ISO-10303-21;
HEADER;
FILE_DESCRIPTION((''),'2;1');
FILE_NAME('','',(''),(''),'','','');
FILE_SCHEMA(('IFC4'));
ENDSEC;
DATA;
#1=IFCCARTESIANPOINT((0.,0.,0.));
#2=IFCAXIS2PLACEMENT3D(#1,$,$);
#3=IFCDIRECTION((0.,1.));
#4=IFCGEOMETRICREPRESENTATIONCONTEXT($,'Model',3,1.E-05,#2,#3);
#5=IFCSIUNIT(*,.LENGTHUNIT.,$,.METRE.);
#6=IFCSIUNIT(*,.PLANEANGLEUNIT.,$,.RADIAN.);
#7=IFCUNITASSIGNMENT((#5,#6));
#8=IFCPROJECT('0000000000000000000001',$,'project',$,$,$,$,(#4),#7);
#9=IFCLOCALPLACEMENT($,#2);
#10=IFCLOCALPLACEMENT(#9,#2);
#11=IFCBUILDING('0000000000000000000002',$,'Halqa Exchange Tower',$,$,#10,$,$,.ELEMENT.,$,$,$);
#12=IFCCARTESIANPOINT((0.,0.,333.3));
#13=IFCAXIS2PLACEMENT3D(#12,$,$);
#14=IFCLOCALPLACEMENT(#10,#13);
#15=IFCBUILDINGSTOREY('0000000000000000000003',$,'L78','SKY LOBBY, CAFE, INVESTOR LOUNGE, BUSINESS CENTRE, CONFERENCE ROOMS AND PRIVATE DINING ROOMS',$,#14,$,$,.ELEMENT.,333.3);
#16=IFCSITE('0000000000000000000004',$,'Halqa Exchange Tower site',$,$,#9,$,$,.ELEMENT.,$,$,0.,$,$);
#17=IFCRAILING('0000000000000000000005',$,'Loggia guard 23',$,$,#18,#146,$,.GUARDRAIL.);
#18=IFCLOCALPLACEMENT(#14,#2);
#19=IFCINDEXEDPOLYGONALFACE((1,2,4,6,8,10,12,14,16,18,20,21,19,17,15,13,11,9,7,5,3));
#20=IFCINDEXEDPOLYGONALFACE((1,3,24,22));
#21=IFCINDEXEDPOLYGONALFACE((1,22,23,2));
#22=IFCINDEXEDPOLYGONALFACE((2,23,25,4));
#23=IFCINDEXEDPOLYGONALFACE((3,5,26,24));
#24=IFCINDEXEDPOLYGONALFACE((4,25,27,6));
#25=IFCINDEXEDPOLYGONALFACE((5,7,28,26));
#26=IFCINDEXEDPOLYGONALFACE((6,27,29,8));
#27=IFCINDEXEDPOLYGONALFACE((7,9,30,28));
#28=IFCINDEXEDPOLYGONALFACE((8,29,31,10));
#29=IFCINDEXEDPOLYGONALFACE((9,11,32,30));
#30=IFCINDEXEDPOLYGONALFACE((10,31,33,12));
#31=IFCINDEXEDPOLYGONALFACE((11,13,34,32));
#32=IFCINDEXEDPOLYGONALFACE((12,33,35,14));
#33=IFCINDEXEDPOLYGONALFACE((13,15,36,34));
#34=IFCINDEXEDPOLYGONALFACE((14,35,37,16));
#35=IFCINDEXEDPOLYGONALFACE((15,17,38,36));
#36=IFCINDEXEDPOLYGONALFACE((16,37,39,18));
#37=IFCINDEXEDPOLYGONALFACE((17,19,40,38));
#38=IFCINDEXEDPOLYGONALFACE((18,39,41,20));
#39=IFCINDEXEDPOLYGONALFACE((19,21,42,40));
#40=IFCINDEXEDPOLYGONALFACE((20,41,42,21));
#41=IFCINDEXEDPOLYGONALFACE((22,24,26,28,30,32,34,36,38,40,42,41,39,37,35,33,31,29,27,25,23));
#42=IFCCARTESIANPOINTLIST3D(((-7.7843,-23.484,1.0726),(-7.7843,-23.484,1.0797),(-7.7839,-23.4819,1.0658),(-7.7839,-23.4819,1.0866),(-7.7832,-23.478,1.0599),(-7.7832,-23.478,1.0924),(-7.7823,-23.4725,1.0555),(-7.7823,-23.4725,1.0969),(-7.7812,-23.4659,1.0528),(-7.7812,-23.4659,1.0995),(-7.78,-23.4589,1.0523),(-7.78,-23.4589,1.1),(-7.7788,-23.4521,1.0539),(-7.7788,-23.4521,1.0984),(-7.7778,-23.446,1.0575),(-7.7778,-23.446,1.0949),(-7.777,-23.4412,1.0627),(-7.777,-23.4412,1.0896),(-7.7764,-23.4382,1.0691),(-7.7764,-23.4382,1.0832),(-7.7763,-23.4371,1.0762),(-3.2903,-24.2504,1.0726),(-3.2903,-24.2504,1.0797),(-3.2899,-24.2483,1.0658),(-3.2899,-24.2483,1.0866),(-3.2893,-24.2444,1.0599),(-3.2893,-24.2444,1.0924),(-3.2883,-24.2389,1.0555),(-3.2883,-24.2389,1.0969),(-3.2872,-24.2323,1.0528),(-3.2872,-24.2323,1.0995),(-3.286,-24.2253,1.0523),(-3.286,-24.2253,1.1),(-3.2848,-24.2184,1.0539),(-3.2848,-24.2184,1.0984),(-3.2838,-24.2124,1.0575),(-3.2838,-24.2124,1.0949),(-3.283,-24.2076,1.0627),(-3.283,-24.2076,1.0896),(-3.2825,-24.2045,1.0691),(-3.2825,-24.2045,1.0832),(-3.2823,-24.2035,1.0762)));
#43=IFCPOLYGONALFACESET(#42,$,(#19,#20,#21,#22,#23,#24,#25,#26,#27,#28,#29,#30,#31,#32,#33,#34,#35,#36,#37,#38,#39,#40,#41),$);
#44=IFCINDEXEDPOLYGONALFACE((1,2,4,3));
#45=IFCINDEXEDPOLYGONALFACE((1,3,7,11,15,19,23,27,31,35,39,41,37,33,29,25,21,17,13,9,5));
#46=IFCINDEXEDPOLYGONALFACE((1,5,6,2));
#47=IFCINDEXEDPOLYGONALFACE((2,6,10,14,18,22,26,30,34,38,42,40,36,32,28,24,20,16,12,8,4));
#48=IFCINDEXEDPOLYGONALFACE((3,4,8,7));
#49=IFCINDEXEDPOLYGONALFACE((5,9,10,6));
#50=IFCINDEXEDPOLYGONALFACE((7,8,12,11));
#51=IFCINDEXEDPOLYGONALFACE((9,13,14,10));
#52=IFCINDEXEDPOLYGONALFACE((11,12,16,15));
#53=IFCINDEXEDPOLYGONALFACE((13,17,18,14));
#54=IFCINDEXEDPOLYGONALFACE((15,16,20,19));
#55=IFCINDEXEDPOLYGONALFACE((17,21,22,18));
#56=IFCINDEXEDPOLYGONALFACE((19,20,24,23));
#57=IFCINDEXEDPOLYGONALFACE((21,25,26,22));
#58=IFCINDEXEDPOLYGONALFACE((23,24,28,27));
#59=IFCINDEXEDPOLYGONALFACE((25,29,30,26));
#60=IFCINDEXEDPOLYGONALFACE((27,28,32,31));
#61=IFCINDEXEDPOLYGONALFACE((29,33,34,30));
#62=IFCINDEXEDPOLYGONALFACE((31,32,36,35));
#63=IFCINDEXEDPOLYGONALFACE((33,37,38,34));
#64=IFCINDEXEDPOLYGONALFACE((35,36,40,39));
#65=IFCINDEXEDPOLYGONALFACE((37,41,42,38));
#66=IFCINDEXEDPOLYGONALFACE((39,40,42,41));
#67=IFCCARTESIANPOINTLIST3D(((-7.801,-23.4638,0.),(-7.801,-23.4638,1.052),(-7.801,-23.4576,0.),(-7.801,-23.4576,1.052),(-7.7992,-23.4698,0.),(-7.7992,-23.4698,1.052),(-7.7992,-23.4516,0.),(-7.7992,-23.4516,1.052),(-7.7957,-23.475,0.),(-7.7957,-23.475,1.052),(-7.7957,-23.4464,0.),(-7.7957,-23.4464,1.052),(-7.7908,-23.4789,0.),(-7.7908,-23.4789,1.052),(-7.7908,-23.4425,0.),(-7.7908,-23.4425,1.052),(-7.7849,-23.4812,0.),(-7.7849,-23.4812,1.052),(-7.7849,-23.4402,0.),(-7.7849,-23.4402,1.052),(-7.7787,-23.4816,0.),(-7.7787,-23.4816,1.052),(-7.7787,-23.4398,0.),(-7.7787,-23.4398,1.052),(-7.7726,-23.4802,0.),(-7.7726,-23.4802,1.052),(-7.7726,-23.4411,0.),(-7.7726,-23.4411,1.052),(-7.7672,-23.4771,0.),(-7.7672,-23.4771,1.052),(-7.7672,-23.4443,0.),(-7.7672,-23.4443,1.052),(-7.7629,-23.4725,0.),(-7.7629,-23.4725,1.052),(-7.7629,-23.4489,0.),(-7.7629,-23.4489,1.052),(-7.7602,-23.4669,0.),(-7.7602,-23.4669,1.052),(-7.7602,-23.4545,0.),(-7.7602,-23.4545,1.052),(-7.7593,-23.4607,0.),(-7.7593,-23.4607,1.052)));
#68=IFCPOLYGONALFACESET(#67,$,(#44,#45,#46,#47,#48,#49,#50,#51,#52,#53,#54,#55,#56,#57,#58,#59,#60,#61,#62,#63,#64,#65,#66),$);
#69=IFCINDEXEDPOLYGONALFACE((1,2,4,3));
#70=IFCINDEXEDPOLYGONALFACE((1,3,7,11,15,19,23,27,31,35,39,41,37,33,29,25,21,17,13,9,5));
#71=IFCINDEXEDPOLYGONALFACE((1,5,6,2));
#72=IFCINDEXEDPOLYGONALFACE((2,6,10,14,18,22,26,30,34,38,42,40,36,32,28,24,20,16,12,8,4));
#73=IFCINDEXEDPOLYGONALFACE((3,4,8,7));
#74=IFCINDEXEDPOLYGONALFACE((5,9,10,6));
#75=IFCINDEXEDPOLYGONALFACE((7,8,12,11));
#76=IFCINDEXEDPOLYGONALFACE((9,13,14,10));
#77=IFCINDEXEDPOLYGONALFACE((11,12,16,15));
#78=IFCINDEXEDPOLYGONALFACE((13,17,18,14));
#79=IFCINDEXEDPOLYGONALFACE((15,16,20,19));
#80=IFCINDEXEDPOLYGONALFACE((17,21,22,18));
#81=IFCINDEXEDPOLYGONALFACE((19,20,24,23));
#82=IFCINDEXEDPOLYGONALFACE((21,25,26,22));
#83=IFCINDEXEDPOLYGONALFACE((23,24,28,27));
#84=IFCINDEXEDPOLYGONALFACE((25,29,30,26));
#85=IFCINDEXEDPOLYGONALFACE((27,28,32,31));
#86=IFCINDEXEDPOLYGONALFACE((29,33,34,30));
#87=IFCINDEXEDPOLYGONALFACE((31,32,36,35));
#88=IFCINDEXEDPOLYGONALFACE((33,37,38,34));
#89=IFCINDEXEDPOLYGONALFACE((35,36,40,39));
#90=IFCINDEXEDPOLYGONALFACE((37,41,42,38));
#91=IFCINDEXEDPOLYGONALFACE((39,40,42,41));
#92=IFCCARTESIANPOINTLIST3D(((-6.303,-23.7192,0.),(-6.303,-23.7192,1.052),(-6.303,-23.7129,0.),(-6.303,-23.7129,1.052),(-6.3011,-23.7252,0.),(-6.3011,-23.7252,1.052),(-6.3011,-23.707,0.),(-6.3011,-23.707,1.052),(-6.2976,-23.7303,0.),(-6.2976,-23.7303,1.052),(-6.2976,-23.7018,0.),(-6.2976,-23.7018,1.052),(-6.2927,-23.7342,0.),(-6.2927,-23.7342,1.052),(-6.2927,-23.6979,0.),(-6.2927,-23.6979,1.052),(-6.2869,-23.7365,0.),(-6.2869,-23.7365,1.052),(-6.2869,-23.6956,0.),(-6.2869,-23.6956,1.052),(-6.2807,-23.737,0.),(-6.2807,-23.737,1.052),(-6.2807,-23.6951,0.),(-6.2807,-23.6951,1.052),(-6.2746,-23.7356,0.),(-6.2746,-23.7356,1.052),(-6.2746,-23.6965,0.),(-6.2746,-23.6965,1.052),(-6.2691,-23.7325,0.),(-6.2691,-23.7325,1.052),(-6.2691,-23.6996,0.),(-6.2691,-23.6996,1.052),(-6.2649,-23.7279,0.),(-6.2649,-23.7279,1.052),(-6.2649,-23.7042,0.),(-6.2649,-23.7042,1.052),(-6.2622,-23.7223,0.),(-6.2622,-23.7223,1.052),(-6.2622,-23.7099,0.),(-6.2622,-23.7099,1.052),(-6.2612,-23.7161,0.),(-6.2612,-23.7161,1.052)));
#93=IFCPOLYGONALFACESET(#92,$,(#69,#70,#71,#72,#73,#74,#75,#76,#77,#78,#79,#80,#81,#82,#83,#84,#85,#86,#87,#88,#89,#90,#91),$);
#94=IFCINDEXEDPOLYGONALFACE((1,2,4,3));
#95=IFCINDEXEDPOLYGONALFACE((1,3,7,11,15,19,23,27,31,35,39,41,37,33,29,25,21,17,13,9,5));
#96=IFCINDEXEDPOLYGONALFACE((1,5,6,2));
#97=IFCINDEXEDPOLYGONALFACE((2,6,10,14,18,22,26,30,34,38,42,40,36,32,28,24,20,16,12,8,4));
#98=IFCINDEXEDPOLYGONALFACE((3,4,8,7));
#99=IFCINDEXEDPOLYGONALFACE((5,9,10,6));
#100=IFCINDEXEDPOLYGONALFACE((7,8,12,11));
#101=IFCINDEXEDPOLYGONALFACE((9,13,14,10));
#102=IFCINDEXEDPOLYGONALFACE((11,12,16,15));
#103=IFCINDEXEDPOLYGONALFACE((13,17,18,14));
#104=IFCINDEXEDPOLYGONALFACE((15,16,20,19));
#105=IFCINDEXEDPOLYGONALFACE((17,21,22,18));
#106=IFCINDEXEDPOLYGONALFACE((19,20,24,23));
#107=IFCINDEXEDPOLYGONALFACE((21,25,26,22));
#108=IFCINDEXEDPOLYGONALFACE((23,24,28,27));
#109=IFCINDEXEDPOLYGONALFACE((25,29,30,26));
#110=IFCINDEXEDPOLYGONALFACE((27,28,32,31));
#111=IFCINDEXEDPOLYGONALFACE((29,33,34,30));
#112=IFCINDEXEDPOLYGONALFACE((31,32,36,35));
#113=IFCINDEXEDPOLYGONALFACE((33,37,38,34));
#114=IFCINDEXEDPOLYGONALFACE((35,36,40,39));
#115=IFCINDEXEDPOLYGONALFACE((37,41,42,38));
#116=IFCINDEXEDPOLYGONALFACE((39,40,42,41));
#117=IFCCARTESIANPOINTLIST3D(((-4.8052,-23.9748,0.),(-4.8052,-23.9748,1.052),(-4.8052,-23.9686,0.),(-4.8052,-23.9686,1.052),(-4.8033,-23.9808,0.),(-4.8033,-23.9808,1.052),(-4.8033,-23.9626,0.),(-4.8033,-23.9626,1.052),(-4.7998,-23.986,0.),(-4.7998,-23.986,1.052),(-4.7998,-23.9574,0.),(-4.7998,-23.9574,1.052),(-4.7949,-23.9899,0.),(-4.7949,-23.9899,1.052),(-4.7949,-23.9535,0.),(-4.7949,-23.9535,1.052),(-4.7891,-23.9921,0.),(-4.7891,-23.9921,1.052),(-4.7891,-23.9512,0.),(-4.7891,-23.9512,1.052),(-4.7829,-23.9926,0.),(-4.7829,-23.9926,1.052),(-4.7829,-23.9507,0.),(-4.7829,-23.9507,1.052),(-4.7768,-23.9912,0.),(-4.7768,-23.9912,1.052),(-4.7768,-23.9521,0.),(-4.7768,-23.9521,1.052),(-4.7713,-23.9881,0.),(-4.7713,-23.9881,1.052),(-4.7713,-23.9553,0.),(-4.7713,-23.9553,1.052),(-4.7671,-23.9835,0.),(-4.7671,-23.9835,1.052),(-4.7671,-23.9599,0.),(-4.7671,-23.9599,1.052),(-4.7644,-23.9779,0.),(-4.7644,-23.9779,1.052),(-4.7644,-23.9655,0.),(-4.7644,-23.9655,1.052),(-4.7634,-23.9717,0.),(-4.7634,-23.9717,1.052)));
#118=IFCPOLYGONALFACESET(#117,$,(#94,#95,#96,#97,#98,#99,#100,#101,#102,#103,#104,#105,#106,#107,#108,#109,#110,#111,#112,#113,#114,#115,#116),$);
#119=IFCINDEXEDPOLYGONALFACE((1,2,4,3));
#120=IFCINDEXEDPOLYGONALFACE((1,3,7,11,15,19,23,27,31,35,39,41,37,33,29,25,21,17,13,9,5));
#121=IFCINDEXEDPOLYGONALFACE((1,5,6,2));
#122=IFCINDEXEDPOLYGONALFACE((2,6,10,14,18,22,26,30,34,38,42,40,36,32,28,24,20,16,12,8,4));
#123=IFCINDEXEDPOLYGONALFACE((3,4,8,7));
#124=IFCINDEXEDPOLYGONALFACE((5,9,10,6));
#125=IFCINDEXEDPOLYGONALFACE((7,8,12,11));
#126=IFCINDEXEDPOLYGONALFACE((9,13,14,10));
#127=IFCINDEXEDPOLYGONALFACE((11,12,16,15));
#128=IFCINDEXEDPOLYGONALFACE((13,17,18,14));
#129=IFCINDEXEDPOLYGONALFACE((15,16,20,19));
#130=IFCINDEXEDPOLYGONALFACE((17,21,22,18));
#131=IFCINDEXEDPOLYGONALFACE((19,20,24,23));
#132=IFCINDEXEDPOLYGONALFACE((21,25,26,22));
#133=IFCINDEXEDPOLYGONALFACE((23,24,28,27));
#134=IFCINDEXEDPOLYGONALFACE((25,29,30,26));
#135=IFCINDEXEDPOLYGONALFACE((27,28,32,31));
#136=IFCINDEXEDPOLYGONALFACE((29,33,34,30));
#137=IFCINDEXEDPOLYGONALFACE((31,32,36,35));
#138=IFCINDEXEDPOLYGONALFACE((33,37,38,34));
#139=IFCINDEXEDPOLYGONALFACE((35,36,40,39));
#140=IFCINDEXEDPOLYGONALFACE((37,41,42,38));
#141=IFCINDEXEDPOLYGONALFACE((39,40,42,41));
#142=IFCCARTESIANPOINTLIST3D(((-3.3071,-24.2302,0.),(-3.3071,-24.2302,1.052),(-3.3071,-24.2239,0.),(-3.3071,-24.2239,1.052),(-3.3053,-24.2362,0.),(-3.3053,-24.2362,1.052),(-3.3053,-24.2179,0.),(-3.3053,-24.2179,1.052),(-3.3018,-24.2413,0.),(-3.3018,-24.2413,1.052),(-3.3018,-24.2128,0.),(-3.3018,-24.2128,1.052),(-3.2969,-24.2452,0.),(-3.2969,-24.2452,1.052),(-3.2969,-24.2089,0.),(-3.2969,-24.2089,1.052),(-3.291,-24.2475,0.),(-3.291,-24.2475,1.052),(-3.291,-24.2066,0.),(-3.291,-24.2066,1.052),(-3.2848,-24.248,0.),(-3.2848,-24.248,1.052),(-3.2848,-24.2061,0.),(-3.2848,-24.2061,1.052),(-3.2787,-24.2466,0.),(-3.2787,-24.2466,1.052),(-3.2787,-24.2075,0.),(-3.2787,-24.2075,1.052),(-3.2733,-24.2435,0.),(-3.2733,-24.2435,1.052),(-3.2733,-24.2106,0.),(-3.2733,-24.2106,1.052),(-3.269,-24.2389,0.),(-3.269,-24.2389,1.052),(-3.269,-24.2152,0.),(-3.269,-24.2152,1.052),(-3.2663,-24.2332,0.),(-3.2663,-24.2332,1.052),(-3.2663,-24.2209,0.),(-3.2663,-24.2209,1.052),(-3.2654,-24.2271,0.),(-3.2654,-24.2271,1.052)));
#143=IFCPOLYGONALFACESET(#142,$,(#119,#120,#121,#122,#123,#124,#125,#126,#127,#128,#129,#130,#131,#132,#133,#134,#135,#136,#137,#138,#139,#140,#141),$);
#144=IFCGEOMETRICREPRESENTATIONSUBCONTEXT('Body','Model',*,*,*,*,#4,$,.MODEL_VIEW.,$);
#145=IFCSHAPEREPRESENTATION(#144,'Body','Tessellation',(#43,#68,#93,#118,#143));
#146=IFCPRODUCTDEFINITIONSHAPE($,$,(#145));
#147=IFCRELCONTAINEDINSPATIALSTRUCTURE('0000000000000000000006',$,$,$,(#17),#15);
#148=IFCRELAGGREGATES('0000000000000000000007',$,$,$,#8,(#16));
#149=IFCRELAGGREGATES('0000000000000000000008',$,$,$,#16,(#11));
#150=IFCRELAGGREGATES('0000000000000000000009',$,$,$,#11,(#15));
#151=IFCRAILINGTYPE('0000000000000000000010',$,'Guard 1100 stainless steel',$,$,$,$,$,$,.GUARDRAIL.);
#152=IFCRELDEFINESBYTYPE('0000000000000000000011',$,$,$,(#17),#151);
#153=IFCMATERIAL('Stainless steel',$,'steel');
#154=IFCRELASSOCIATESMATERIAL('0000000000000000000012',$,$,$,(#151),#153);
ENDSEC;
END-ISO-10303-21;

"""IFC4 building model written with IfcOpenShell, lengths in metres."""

from ifc_helpers import new_model, si_unit, direction, frame, origin, origin_2d, place, context, subcontext, project, spatial, circle, extrude, material, type_object, element, save


model = new_model("IFC4")

# Units and contexts
model_context = context("Model", 3, precision=1e-05, world=origin(), true_north=direction((0.0, 1.0)))
body_context = subcontext(model_context, "Body", "Model", "MODEL_VIEW")
ifc_project = project(units=[si_unit("LENGTHUNIT", "METRE"), si_unit("PLANEANGLEUNIT", "RADIAN")], contexts=[model_context])

# Site, building, storey
site_placement = place(None, origin())
site = spatial("IfcSite", under=ifc_project, at=site_placement, Name="Halqa Exchange Tower site", CompositionType="ELEMENT", RefElevation=0.0)
building_placement = place(site_placement, origin())
building = spatial("IfcBuilding", under=site, at=building_placement, Name="Halqa Exchange Tower", CompositionType="ELEMENT")
storey_placement = place(building_placement, frame((0.0, 0.0, 333.3)))
storey = spatial("IfcBuildingStorey", under=building, at=storey_placement, Name="L78", Description="SKY LOBBY, CAFE, INVESTOR LOUNGE, BUSINESS CENTRE, CONFERENCE ROOMS AND PRIVATE DINING ROOMS", CompositionType="ELEMENT", Elevation=333.3)

# Railing
ifc_material_1 = material(Name="Stainless steel", Category="steel")
railing_type = type_object("IfcRailingType", Name="Guard 1100 stainless steel", PredefinedType="GUARDRAIL", material=ifc_material_1)
railing_1_placement = place(storey_placement, frame((-7.7803, -23.4607, 0.0)))
element("IfcRailing", 1, at=railing_1_placement, inside=storey, type_object=railing_type, Name="Loggia guard 23", PredefinedType="GUARDRAIL", context=body_context, shape_type="SweptSolid", body=[
    extrude(circle(Radius=0.0239, at=origin_2d()), frame((0.0, 0.0, 1.0762), z_axis=(0.985769, -0.168106, 0.0), x_axis=(0.168106, 0.985769, 0.0)), (0.0, 0.0, 1.0), 4.5588),
    extrude(circle(Radius=0.021, at=origin_2d()), origin(), (0.0, 0.0, 1.0), 1.052),
    extrude(circle(Radius=0.021, at=origin_2d()), frame((1.498, -0.2554, 0.0)), (0.0, 0.0, 1.0), 1.052),
    extrude(circle(Radius=0.021, at=origin_2d()), frame((2.9958, -0.511, 0.0)), (0.0, 0.0, 1.0), 1.052),
    extrude(circle(Radius=0.021, at=origin_2d()), frame((4.4939, -0.7664, 0.0)), (0.0, 0.0, 1.0), 1.052),
])

save(model, "model.ifc")
